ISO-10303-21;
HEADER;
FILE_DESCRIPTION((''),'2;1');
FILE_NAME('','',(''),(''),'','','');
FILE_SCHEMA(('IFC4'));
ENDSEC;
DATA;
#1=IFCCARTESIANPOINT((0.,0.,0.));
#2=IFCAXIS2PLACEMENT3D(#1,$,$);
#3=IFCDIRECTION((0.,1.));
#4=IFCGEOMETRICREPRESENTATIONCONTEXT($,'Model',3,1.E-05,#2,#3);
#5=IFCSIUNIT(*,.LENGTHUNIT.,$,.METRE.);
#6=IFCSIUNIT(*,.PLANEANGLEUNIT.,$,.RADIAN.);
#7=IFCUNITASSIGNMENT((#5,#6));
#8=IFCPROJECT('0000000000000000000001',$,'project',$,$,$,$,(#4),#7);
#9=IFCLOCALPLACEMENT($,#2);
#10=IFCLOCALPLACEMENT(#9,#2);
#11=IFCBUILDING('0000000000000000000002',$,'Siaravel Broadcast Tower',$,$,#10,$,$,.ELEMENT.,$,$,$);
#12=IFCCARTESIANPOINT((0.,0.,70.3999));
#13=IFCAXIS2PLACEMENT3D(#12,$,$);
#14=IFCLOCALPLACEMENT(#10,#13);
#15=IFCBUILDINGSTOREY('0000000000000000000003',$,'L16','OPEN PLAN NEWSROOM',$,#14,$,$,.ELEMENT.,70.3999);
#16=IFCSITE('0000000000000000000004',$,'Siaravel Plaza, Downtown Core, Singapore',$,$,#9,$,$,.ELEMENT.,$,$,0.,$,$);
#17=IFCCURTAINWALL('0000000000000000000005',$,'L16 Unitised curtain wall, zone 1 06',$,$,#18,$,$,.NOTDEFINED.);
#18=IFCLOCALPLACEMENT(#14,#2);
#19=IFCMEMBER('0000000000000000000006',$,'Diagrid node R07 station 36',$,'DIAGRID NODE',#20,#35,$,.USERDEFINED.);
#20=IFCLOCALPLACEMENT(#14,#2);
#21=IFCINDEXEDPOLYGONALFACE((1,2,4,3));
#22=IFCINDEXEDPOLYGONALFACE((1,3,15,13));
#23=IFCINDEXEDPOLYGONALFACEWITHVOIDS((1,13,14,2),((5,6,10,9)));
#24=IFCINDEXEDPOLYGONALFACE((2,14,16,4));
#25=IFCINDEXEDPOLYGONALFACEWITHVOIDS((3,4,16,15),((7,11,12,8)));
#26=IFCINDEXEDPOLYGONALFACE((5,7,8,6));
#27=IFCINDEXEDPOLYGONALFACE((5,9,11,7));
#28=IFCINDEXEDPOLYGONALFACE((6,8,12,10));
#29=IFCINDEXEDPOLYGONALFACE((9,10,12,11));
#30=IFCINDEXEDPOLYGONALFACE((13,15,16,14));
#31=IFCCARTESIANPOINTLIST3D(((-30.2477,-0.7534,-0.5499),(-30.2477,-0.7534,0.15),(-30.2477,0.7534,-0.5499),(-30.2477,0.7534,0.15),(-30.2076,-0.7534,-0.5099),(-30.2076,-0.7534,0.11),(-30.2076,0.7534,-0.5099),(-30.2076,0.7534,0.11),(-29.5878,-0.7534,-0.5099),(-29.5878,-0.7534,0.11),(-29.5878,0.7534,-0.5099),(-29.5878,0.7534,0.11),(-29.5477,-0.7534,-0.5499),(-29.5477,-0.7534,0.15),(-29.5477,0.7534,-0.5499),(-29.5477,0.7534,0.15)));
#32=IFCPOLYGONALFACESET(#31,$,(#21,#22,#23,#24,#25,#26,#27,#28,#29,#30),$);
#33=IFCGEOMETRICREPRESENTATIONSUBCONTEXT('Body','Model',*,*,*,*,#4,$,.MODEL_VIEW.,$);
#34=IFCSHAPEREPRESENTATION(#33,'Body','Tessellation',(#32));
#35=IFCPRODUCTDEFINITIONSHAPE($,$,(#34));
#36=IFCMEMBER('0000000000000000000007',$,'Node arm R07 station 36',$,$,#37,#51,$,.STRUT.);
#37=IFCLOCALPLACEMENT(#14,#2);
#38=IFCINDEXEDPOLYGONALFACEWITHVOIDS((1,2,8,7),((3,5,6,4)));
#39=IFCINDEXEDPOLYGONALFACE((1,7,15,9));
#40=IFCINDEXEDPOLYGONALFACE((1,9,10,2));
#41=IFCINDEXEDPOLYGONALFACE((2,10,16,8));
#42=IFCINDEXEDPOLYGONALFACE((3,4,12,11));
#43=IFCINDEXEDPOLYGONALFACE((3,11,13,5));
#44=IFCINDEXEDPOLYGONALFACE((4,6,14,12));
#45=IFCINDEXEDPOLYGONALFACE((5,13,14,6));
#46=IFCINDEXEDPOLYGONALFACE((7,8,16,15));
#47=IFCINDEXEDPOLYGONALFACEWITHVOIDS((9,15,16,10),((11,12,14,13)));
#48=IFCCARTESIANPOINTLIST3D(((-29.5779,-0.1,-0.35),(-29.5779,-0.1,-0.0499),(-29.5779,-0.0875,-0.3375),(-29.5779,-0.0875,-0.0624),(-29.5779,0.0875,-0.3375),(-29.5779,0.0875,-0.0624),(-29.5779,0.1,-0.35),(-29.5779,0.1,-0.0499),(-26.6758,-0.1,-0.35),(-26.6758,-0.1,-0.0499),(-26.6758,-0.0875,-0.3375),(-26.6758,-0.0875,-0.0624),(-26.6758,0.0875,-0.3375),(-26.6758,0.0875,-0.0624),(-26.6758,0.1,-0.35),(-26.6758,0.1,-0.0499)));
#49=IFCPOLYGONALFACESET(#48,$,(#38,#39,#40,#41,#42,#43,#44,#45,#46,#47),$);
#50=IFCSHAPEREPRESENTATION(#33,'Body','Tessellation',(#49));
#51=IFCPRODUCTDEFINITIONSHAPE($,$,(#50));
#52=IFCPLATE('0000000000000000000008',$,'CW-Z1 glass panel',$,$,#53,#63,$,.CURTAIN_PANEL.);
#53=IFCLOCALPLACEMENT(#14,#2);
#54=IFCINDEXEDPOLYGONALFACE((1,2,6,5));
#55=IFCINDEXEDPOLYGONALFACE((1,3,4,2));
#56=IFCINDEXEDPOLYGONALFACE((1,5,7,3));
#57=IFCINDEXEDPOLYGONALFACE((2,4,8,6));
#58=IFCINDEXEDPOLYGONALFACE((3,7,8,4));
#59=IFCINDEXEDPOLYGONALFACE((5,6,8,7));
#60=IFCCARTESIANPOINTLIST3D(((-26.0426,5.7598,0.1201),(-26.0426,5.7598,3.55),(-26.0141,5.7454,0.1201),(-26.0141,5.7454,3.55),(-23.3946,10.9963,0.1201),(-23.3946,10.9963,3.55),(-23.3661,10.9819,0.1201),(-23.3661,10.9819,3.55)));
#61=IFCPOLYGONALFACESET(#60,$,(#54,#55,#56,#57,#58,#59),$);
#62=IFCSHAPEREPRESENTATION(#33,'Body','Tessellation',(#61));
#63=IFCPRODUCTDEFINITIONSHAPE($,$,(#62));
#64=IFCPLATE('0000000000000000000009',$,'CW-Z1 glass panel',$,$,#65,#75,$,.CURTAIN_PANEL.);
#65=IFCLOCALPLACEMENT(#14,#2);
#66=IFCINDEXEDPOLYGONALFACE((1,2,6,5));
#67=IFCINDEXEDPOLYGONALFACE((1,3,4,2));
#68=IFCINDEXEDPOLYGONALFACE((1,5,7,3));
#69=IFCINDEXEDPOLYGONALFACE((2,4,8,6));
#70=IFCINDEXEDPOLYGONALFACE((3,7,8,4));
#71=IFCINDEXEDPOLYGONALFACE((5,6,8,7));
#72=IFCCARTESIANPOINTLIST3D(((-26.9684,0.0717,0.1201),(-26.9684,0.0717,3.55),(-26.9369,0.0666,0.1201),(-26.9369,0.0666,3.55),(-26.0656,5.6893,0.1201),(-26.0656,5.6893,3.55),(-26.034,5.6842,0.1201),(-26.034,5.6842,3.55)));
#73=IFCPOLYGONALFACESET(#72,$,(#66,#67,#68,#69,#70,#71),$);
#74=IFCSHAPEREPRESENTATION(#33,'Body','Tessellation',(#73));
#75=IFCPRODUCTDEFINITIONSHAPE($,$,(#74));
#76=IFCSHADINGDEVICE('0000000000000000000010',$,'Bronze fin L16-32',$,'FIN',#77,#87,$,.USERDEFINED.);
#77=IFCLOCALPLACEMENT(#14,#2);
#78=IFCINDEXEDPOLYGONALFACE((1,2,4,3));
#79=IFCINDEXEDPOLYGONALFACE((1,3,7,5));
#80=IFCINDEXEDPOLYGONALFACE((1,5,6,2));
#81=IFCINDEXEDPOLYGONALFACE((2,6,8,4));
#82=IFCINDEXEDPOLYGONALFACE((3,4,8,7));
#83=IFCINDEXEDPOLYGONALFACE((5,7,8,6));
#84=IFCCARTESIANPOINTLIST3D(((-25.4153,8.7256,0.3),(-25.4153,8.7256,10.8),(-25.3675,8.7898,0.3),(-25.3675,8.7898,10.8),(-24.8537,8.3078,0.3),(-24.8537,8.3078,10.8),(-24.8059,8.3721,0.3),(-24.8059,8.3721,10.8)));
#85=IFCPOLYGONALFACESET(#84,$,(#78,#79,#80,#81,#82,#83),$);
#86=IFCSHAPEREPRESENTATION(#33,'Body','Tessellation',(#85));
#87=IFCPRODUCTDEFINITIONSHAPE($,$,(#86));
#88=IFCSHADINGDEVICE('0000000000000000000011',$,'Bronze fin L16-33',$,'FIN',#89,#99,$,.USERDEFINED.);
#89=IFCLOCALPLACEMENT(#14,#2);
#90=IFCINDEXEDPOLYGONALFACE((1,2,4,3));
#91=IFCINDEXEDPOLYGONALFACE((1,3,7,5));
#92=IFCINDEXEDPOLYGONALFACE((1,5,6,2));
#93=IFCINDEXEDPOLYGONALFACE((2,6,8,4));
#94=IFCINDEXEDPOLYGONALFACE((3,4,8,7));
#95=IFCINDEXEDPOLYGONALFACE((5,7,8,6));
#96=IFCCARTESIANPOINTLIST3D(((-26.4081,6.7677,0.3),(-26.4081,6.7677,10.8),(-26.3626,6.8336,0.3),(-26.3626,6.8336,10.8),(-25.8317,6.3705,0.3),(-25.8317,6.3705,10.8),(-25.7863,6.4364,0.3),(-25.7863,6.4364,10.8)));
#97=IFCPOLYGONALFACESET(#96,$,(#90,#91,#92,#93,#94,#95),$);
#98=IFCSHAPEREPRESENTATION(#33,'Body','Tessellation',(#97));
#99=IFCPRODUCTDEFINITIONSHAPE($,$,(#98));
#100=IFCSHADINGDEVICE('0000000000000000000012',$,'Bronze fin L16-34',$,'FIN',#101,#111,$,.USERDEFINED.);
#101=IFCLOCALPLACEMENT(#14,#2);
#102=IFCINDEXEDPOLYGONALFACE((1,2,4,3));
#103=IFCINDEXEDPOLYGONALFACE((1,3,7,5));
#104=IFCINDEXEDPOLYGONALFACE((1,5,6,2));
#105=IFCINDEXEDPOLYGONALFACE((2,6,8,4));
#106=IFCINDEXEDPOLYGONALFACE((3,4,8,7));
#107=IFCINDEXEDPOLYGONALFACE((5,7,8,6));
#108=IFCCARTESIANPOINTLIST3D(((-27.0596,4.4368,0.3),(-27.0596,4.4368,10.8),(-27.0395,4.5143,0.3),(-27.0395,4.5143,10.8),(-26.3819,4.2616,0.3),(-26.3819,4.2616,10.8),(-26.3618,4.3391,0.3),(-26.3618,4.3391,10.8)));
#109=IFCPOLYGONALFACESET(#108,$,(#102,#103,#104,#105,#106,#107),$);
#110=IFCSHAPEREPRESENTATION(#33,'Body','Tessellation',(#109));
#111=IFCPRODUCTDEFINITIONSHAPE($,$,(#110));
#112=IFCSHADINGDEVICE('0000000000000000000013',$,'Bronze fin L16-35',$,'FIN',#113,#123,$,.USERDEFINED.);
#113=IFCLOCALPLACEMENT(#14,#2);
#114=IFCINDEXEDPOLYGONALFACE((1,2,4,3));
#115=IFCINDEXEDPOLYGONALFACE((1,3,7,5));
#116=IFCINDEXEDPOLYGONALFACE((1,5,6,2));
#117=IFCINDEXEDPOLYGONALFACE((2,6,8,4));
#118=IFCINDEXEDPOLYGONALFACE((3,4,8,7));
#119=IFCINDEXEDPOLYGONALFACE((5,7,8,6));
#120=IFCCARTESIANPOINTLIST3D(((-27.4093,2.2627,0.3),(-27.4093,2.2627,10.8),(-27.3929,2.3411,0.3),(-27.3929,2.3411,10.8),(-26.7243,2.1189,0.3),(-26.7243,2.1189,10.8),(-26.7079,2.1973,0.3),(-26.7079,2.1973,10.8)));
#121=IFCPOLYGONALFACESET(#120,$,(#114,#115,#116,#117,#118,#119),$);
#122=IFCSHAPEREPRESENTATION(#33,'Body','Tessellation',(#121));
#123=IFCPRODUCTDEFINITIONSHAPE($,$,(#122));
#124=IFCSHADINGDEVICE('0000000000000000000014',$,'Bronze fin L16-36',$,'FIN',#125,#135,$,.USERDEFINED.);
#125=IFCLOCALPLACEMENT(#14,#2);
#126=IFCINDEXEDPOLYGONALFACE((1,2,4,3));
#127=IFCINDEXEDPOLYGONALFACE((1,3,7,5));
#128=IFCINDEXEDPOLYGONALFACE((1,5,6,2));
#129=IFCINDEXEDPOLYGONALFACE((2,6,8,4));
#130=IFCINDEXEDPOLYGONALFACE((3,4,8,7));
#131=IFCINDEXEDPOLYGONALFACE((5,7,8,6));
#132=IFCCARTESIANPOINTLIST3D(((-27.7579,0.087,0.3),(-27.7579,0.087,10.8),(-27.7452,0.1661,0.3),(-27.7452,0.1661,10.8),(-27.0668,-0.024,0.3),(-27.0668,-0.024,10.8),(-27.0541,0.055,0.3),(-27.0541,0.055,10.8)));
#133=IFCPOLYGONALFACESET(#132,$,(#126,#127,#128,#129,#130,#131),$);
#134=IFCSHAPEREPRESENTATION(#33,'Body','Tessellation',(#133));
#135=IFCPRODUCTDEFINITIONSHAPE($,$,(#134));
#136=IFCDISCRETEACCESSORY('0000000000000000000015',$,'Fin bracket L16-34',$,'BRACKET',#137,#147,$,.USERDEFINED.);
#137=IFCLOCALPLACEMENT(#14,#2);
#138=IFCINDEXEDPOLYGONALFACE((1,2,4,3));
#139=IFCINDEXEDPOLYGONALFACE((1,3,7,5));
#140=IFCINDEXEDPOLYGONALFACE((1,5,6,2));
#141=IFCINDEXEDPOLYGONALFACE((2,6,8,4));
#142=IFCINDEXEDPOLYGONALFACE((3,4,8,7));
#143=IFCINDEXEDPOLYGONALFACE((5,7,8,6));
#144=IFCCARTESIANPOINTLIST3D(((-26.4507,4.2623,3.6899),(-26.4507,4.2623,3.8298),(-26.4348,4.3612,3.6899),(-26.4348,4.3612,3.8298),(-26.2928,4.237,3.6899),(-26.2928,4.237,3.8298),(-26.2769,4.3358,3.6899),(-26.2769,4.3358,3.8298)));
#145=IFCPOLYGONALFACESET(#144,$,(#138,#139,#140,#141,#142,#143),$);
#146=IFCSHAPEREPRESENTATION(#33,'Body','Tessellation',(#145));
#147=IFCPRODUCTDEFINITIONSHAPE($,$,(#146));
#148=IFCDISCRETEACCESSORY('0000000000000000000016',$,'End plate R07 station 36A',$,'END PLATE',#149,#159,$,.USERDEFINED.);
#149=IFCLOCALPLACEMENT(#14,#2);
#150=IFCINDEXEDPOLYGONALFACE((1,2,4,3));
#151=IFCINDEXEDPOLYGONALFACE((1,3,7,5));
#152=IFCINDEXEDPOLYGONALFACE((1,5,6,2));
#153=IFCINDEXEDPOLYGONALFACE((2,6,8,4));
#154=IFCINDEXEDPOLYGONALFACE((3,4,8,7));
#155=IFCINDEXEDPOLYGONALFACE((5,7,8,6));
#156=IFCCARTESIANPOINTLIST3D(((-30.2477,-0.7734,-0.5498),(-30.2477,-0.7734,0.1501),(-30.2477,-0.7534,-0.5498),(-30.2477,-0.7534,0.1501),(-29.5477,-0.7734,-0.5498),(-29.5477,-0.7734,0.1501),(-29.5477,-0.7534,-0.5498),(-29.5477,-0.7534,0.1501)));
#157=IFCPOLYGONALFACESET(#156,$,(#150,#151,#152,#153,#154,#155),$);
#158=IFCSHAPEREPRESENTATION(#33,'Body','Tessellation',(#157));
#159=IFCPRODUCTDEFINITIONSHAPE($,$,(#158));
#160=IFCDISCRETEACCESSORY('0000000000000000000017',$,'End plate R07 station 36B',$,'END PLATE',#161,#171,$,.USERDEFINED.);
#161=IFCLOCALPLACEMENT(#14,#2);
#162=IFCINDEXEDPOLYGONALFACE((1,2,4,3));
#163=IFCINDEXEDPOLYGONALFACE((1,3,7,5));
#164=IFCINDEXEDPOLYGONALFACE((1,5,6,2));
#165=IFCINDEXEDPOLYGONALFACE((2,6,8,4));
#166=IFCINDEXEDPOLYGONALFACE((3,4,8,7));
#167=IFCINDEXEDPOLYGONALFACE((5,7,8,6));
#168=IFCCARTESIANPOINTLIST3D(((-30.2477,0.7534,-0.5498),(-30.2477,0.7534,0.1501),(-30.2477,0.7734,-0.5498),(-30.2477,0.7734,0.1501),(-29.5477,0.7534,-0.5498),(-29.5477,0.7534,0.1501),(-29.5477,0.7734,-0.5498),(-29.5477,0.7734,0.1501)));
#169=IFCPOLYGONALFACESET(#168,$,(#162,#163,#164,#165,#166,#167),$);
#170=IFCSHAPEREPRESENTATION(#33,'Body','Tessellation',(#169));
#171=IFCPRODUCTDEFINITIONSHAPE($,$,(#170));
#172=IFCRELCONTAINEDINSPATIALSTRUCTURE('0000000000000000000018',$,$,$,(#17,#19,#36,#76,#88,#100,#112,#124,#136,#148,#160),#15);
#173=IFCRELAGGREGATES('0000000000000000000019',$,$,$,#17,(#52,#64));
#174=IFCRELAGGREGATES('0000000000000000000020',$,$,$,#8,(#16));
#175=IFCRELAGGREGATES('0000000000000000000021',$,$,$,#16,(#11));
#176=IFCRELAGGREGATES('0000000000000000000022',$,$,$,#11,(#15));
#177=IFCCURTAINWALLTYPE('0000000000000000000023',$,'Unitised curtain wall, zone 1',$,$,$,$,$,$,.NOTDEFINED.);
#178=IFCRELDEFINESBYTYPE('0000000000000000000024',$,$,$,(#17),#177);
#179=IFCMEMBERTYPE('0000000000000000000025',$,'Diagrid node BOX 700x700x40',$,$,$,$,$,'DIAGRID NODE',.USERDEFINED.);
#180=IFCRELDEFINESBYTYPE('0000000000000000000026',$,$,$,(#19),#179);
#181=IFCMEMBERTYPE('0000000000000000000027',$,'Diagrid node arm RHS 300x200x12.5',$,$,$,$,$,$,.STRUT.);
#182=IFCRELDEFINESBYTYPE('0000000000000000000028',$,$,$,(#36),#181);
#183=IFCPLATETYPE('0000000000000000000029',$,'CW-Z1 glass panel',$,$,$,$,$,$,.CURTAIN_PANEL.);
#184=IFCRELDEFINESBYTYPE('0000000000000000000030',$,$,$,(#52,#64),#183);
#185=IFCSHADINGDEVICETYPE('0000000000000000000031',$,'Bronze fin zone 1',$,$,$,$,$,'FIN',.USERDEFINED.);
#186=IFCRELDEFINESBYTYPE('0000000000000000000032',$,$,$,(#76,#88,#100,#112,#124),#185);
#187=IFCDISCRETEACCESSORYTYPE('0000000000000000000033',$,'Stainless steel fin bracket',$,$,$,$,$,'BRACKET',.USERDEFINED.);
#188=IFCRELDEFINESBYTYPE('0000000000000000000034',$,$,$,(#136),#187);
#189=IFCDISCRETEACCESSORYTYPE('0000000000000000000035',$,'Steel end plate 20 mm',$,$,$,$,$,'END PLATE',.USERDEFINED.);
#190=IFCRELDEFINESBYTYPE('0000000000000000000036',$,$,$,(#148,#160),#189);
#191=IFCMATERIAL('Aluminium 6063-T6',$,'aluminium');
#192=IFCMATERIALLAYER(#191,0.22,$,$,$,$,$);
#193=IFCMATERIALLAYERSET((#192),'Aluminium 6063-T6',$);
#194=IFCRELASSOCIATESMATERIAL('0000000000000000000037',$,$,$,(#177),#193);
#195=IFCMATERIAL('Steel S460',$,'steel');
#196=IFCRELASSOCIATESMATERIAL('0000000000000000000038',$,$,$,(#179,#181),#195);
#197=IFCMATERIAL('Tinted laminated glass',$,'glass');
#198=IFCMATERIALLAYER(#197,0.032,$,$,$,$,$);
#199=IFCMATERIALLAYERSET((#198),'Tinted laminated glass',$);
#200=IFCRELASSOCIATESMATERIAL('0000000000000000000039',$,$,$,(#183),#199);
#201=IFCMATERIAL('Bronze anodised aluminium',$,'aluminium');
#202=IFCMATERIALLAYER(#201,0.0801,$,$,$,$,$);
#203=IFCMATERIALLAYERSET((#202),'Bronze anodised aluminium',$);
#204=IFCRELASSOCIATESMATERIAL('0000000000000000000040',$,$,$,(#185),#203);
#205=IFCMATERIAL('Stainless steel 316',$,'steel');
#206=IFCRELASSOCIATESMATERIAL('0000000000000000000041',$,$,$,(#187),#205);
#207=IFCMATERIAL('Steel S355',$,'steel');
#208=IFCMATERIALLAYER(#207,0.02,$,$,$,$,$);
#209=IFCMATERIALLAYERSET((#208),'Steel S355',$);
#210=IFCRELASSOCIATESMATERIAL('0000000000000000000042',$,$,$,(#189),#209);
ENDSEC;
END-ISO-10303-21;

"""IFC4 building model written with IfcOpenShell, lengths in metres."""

from ifc_helpers import new_model, si_unit, direction, frame, origin, origin_2d, place, context, subcontext, project, spatial, rectangle, hollow_rectangle, extrude, material, layer, layer_set, material_profile, profile_set, type_object, element, aggregate, save


model = new_model("IFC4")

# Units and contexts
model_context = context("Model", 3, precision=1e-05, world=origin(), true_north=direction((0.0, 1.0)))
body_context = subcontext(model_context, "Body", "Model", "MODEL_VIEW")
ifc_project = project(units=[si_unit("LENGTHUNIT", "METRE"), si_unit("PLANEANGLEUNIT", "RADIAN")], contexts=[model_context])

# Site, building, storey
site_placement = place(None, origin())
site = spatial("IfcSite", under=ifc_project, at=site_placement, Name="Siaravel Plaza, Downtown Core, Singapore", CompositionType="ELEMENT", RefElevation=0.0)
building_placement = place(site_placement, origin())
building = spatial("IfcBuilding", under=site, at=building_placement, Name="Siaravel Broadcast Tower", CompositionType="ELEMENT")
storey_placement = place(building_placement, frame((0.0, 0.0, 70.3999)))
storey = spatial("IfcBuildingStorey", under=building, at=storey_placement, Name="L16", Description="OPEN PLAN NEWSROOM", CompositionType="ELEMENT", Elevation=70.3999)

# Shared definitions
ifc_material_1 = material(Name="Steel S355", Category="steel")

# Curtain wall
ifc_material_2 = material(Name="Aluminium 6063-T6", Category="aluminium")
ifc_layer_1 = layer(ifc_material_2, 0.22)
ifc_layer_set_1 = layer_set([ifc_layer_1], Name="Aluminium 6063-T6")
curtain_wall_type = type_object("IfcCurtainWallType", Name="Unitised curtain wall, zone 1", PredefinedType="NOTDEFINED", material=ifc_layer_set_1)
curtain_wall_1_placement = place(storey_placement, origin())
curtain_wall_1 = element("IfcCurtainWall", 1, at=curtain_wall_1_placement, inside=storey, type_object=curtain_wall_type, Name="L16 Unitised curtain wall, zone 1 06", PredefinedType="NOTDEFINED")

# Members
ifc_material_3 = material(Name="Steel S460", Category="steel")
ifc_material_profile_1 = material_profile(ifc_material_3, hollow_rectangle(XDim=0.7, YDim=0.7, WallThickness=0.04, at=origin_2d()))
ifc_profile_set_1 = profile_set([ifc_material_profile_1], Name="Steel S460")
member_type_1 = type_object("IfcMemberType", Name="Diagrid node BOX 700x700x40", ElementType="DIAGRID NODE", PredefinedType="USERDEFINED", material=ifc_profile_set_1)
member_1_placement = place(storey_placement, frame((-29.8977, 0.7534, -0.2), z_axis=(0.0, -1.0, 0.0), x_axis=(1.0, 0.0, 0.0)))
element("IfcMember", 2, at=member_1_placement, inside=storey, type_object=member_type_1, Name="Diagrid node R07 station 36", ObjectType="DIAGRID NODE", PredefinedType="USERDEFINED", context=body_context, shape_type="SweptSolid", body=[
    extrude(hollow_rectangle(XDim=0.7, YDim=0.7, WallThickness=0.04, at=origin_2d()), origin(), (0.0, 0.0, 1.0), 1.5068),
])
ifc_material_profile_2 = material_profile(ifc_material_3, hollow_rectangle(XDim=0.2, YDim=0.3, WallThickness=0.0125, at=origin_2d()))
ifc_profile_set_2 = profile_set([ifc_material_profile_2], Name="Steel S460")
member_type_2 = type_object("IfcMemberType", Name="Diagrid node arm RHS 300x200x12.5", PredefinedType="STRUT", material=ifc_profile_set_2)
member_2_placement = place(storey_placement, frame((-26.6758, 0.0, -0.2), z_axis=(-1.0, 0.0, 0.0), x_axis=(0.0, -1.0, 0.0)))
element("IfcMember", 3, at=member_2_placement, inside=storey, type_object=member_type_2, Name="Node arm R07 station 36", PredefinedType="STRUT", context=body_context, shape_type="SweptSolid", body=[
    extrude(hollow_rectangle(XDim=0.2, YDim=0.3, WallThickness=0.0125, at=origin_2d()), origin(), (0.0, 0.0, 1.0), 2.9021),
])

# Plates
ifc_material_4 = material(Name="Tinted laminated glass", Category="glass")
ifc_layer_2 = layer(ifc_material_4, 0.032)
ifc_layer_set_2 = layer_set([ifc_layer_2], Name="Tinted laminated glass")
plate_type = type_object("IfcPlateType", Name="CW-Z1 glass panel", PredefinedType="CURTAIN_PANEL", material=ifc_layer_set_2)
plate_1_placement = place(storey_placement, frame((-24.7043, 8.3708, 0.1201), z_axis=(0.0, 0.0, 1.0), x_axis=(-0.451261, -0.892392, 0.0)))
plate_1 = element("IfcPlate", 4, at=plate_1_placement, type_object=plate_type, Name="CW-Z1 glass panel", PredefinedType="CURTAIN_PANEL", context=body_context, shape_type="SweptSolid", body=[
    extrude(rectangle(XDim=5.8679, YDim=0.032, at=origin_2d()), origin(), (0.0, 0.0, 1.0), 3.4299),
])
plate_2_placement = place(storey_placement, frame((-26.5012, 2.8779, 0.1201), z_axis=(0.0, 0.0, 1.0), x_axis=(-0.158685, -0.987329, 0.0)))
plate_2 = element("IfcPlate", 5, at=plate_2_placement, type_object=plate_type, Name="CW-Z1 glass panel", PredefinedType="CURTAIN_PANEL", context=body_context, shape_type="SweptSolid", body=[
    extrude(rectangle(XDim=5.6897, YDim=0.032, at=origin_2d()), origin(), (0.0, 0.0, 1.0), 3.4299),
])
aggregate(curtain_wall_1, [plate_1, plate_2])

# Shading devices
ifc_material_5 = material(Name="Bronze anodised aluminium", Category="aluminium")
ifc_layer_3 = layer(ifc_material_5, 0.0801)
ifc_layer_set_3 = layer_set([ifc_layer_3], Name="Bronze anodised aluminium")
shading_device_type = type_object("IfcShadingDeviceType", Name="Bronze fin zone 1", ElementType="FIN", PredefinedType="USERDEFINED", material=ifc_layer_set_3)
for number, where, z_axis, x_axis, name in (
    (6, (-25.1106, 8.5488, 0.3), (0.0, 0.0, 1.0), (-0.802391, 0.596799, 0.0), "Bronze fin L16-32"),
    (7, (-26.0972, 6.6021, 0.3), (0.0, 0.0, 1.0), (-0.823431, 0.567417, 0.0), "Bronze fin L16-33"),
    (8, (-26.7107, 4.3879, 0.3), (0.0, 0.0, 1.0), (-0.96818, 0.250253, 0.0), "Bronze fin L16-34"),
    (9, (-27.0586, 2.23, 0.3), (0.0, 0.0, 1.0), (-0.978669, 0.205444, 0.0), "Bronze fin L16-35"),
    (10, (-27.406, 0.071, 0.3), (0.0, 0.0, 1.0), (-0.987329, 0.158685, 0.0), "Bronze fin L16-36"),
):
    element("IfcShadingDevice", number, at=place(storey_placement, frame(where, z_axis=z_axis, x_axis=x_axis)), inside=storey, type_object=shading_device_type, Name=name, ObjectType="FIN", PredefinedType="USERDEFINED", context=body_context, shape_type="SweptSolid", body=[
        extrude(rectangle(XDim=0.7, YDim=0.0801, at=origin_2d()), origin(), (0.0, 0.0, 1.0), 10.5),
    ])

# Discrete accessories
ifc_material_6 = material(Name="Stainless steel 316", Category="steel")
discrete_accessory_type_1 = type_object("IfcDiscreteAccessoryType", Name="Stainless steel fin bracket", ElementType="BRACKET", PredefinedType="USERDEFINED", material=ifc_material_6)
discrete_accessory_placement = place(storey_placement, frame((-26.3638, 4.2991, 3.6899), z_axis=(0.0, 0.0, 1.0), x_axis=(-0.987329, 0.158685, 0.0)))
element("IfcDiscreteAccessory", 11, at=discrete_accessory_placement, inside=storey, type_object=discrete_accessory_type_1, Name="Fin bracket L16-34", ObjectType="BRACKET", PredefinedType="USERDEFINED", context=body_context, shape_type="SweptSolid", body=[
    extrude(rectangle(XDim=0.1599, YDim=0.1001, at=origin_2d()), origin(), (0.0, 0.0, 1.0), 0.1399),
])
ifc_layer_4 = layer(ifc_material_1, 0.02)
ifc_layer_set_4 = layer_set([ifc_layer_4], Name="Steel S355")
discrete_accessory_type_2 = type_object("IfcDiscreteAccessoryType", Name="Steel end plate 20 mm", ElementType="END PLATE", PredefinedType="USERDEFINED", material=ifc_layer_set_4)
for number, where, z_axis, x_axis, name in (
    (12, (-29.8977, -0.7634, -0.5498), (0.0, 0.0, 1.0), (0.0, -1.0, 0.0), "End plate R07 station 36A"),
    (13, (-29.8977, 0.7634, -0.5498), (0.0, 0.0, 1.0), (0.0, -1.0, 0.0), "End plate R07 station 36B"),
):
    element("IfcDiscreteAccessory", number, at=place(storey_placement, frame(where, z_axis=z_axis, x_axis=x_axis)), inside=storey, type_object=discrete_accessory_type_2, Name=name, ObjectType="END PLATE", PredefinedType="USERDEFINED", context=body_context, shape_type="SweptSolid", body=[
        extrude(rectangle(XDim=0.02, YDim=0.7, at=origin_2d()), origin(), (0.0, 0.0, 1.0), 0.7),
    ])

save(model, "model.ifc")
